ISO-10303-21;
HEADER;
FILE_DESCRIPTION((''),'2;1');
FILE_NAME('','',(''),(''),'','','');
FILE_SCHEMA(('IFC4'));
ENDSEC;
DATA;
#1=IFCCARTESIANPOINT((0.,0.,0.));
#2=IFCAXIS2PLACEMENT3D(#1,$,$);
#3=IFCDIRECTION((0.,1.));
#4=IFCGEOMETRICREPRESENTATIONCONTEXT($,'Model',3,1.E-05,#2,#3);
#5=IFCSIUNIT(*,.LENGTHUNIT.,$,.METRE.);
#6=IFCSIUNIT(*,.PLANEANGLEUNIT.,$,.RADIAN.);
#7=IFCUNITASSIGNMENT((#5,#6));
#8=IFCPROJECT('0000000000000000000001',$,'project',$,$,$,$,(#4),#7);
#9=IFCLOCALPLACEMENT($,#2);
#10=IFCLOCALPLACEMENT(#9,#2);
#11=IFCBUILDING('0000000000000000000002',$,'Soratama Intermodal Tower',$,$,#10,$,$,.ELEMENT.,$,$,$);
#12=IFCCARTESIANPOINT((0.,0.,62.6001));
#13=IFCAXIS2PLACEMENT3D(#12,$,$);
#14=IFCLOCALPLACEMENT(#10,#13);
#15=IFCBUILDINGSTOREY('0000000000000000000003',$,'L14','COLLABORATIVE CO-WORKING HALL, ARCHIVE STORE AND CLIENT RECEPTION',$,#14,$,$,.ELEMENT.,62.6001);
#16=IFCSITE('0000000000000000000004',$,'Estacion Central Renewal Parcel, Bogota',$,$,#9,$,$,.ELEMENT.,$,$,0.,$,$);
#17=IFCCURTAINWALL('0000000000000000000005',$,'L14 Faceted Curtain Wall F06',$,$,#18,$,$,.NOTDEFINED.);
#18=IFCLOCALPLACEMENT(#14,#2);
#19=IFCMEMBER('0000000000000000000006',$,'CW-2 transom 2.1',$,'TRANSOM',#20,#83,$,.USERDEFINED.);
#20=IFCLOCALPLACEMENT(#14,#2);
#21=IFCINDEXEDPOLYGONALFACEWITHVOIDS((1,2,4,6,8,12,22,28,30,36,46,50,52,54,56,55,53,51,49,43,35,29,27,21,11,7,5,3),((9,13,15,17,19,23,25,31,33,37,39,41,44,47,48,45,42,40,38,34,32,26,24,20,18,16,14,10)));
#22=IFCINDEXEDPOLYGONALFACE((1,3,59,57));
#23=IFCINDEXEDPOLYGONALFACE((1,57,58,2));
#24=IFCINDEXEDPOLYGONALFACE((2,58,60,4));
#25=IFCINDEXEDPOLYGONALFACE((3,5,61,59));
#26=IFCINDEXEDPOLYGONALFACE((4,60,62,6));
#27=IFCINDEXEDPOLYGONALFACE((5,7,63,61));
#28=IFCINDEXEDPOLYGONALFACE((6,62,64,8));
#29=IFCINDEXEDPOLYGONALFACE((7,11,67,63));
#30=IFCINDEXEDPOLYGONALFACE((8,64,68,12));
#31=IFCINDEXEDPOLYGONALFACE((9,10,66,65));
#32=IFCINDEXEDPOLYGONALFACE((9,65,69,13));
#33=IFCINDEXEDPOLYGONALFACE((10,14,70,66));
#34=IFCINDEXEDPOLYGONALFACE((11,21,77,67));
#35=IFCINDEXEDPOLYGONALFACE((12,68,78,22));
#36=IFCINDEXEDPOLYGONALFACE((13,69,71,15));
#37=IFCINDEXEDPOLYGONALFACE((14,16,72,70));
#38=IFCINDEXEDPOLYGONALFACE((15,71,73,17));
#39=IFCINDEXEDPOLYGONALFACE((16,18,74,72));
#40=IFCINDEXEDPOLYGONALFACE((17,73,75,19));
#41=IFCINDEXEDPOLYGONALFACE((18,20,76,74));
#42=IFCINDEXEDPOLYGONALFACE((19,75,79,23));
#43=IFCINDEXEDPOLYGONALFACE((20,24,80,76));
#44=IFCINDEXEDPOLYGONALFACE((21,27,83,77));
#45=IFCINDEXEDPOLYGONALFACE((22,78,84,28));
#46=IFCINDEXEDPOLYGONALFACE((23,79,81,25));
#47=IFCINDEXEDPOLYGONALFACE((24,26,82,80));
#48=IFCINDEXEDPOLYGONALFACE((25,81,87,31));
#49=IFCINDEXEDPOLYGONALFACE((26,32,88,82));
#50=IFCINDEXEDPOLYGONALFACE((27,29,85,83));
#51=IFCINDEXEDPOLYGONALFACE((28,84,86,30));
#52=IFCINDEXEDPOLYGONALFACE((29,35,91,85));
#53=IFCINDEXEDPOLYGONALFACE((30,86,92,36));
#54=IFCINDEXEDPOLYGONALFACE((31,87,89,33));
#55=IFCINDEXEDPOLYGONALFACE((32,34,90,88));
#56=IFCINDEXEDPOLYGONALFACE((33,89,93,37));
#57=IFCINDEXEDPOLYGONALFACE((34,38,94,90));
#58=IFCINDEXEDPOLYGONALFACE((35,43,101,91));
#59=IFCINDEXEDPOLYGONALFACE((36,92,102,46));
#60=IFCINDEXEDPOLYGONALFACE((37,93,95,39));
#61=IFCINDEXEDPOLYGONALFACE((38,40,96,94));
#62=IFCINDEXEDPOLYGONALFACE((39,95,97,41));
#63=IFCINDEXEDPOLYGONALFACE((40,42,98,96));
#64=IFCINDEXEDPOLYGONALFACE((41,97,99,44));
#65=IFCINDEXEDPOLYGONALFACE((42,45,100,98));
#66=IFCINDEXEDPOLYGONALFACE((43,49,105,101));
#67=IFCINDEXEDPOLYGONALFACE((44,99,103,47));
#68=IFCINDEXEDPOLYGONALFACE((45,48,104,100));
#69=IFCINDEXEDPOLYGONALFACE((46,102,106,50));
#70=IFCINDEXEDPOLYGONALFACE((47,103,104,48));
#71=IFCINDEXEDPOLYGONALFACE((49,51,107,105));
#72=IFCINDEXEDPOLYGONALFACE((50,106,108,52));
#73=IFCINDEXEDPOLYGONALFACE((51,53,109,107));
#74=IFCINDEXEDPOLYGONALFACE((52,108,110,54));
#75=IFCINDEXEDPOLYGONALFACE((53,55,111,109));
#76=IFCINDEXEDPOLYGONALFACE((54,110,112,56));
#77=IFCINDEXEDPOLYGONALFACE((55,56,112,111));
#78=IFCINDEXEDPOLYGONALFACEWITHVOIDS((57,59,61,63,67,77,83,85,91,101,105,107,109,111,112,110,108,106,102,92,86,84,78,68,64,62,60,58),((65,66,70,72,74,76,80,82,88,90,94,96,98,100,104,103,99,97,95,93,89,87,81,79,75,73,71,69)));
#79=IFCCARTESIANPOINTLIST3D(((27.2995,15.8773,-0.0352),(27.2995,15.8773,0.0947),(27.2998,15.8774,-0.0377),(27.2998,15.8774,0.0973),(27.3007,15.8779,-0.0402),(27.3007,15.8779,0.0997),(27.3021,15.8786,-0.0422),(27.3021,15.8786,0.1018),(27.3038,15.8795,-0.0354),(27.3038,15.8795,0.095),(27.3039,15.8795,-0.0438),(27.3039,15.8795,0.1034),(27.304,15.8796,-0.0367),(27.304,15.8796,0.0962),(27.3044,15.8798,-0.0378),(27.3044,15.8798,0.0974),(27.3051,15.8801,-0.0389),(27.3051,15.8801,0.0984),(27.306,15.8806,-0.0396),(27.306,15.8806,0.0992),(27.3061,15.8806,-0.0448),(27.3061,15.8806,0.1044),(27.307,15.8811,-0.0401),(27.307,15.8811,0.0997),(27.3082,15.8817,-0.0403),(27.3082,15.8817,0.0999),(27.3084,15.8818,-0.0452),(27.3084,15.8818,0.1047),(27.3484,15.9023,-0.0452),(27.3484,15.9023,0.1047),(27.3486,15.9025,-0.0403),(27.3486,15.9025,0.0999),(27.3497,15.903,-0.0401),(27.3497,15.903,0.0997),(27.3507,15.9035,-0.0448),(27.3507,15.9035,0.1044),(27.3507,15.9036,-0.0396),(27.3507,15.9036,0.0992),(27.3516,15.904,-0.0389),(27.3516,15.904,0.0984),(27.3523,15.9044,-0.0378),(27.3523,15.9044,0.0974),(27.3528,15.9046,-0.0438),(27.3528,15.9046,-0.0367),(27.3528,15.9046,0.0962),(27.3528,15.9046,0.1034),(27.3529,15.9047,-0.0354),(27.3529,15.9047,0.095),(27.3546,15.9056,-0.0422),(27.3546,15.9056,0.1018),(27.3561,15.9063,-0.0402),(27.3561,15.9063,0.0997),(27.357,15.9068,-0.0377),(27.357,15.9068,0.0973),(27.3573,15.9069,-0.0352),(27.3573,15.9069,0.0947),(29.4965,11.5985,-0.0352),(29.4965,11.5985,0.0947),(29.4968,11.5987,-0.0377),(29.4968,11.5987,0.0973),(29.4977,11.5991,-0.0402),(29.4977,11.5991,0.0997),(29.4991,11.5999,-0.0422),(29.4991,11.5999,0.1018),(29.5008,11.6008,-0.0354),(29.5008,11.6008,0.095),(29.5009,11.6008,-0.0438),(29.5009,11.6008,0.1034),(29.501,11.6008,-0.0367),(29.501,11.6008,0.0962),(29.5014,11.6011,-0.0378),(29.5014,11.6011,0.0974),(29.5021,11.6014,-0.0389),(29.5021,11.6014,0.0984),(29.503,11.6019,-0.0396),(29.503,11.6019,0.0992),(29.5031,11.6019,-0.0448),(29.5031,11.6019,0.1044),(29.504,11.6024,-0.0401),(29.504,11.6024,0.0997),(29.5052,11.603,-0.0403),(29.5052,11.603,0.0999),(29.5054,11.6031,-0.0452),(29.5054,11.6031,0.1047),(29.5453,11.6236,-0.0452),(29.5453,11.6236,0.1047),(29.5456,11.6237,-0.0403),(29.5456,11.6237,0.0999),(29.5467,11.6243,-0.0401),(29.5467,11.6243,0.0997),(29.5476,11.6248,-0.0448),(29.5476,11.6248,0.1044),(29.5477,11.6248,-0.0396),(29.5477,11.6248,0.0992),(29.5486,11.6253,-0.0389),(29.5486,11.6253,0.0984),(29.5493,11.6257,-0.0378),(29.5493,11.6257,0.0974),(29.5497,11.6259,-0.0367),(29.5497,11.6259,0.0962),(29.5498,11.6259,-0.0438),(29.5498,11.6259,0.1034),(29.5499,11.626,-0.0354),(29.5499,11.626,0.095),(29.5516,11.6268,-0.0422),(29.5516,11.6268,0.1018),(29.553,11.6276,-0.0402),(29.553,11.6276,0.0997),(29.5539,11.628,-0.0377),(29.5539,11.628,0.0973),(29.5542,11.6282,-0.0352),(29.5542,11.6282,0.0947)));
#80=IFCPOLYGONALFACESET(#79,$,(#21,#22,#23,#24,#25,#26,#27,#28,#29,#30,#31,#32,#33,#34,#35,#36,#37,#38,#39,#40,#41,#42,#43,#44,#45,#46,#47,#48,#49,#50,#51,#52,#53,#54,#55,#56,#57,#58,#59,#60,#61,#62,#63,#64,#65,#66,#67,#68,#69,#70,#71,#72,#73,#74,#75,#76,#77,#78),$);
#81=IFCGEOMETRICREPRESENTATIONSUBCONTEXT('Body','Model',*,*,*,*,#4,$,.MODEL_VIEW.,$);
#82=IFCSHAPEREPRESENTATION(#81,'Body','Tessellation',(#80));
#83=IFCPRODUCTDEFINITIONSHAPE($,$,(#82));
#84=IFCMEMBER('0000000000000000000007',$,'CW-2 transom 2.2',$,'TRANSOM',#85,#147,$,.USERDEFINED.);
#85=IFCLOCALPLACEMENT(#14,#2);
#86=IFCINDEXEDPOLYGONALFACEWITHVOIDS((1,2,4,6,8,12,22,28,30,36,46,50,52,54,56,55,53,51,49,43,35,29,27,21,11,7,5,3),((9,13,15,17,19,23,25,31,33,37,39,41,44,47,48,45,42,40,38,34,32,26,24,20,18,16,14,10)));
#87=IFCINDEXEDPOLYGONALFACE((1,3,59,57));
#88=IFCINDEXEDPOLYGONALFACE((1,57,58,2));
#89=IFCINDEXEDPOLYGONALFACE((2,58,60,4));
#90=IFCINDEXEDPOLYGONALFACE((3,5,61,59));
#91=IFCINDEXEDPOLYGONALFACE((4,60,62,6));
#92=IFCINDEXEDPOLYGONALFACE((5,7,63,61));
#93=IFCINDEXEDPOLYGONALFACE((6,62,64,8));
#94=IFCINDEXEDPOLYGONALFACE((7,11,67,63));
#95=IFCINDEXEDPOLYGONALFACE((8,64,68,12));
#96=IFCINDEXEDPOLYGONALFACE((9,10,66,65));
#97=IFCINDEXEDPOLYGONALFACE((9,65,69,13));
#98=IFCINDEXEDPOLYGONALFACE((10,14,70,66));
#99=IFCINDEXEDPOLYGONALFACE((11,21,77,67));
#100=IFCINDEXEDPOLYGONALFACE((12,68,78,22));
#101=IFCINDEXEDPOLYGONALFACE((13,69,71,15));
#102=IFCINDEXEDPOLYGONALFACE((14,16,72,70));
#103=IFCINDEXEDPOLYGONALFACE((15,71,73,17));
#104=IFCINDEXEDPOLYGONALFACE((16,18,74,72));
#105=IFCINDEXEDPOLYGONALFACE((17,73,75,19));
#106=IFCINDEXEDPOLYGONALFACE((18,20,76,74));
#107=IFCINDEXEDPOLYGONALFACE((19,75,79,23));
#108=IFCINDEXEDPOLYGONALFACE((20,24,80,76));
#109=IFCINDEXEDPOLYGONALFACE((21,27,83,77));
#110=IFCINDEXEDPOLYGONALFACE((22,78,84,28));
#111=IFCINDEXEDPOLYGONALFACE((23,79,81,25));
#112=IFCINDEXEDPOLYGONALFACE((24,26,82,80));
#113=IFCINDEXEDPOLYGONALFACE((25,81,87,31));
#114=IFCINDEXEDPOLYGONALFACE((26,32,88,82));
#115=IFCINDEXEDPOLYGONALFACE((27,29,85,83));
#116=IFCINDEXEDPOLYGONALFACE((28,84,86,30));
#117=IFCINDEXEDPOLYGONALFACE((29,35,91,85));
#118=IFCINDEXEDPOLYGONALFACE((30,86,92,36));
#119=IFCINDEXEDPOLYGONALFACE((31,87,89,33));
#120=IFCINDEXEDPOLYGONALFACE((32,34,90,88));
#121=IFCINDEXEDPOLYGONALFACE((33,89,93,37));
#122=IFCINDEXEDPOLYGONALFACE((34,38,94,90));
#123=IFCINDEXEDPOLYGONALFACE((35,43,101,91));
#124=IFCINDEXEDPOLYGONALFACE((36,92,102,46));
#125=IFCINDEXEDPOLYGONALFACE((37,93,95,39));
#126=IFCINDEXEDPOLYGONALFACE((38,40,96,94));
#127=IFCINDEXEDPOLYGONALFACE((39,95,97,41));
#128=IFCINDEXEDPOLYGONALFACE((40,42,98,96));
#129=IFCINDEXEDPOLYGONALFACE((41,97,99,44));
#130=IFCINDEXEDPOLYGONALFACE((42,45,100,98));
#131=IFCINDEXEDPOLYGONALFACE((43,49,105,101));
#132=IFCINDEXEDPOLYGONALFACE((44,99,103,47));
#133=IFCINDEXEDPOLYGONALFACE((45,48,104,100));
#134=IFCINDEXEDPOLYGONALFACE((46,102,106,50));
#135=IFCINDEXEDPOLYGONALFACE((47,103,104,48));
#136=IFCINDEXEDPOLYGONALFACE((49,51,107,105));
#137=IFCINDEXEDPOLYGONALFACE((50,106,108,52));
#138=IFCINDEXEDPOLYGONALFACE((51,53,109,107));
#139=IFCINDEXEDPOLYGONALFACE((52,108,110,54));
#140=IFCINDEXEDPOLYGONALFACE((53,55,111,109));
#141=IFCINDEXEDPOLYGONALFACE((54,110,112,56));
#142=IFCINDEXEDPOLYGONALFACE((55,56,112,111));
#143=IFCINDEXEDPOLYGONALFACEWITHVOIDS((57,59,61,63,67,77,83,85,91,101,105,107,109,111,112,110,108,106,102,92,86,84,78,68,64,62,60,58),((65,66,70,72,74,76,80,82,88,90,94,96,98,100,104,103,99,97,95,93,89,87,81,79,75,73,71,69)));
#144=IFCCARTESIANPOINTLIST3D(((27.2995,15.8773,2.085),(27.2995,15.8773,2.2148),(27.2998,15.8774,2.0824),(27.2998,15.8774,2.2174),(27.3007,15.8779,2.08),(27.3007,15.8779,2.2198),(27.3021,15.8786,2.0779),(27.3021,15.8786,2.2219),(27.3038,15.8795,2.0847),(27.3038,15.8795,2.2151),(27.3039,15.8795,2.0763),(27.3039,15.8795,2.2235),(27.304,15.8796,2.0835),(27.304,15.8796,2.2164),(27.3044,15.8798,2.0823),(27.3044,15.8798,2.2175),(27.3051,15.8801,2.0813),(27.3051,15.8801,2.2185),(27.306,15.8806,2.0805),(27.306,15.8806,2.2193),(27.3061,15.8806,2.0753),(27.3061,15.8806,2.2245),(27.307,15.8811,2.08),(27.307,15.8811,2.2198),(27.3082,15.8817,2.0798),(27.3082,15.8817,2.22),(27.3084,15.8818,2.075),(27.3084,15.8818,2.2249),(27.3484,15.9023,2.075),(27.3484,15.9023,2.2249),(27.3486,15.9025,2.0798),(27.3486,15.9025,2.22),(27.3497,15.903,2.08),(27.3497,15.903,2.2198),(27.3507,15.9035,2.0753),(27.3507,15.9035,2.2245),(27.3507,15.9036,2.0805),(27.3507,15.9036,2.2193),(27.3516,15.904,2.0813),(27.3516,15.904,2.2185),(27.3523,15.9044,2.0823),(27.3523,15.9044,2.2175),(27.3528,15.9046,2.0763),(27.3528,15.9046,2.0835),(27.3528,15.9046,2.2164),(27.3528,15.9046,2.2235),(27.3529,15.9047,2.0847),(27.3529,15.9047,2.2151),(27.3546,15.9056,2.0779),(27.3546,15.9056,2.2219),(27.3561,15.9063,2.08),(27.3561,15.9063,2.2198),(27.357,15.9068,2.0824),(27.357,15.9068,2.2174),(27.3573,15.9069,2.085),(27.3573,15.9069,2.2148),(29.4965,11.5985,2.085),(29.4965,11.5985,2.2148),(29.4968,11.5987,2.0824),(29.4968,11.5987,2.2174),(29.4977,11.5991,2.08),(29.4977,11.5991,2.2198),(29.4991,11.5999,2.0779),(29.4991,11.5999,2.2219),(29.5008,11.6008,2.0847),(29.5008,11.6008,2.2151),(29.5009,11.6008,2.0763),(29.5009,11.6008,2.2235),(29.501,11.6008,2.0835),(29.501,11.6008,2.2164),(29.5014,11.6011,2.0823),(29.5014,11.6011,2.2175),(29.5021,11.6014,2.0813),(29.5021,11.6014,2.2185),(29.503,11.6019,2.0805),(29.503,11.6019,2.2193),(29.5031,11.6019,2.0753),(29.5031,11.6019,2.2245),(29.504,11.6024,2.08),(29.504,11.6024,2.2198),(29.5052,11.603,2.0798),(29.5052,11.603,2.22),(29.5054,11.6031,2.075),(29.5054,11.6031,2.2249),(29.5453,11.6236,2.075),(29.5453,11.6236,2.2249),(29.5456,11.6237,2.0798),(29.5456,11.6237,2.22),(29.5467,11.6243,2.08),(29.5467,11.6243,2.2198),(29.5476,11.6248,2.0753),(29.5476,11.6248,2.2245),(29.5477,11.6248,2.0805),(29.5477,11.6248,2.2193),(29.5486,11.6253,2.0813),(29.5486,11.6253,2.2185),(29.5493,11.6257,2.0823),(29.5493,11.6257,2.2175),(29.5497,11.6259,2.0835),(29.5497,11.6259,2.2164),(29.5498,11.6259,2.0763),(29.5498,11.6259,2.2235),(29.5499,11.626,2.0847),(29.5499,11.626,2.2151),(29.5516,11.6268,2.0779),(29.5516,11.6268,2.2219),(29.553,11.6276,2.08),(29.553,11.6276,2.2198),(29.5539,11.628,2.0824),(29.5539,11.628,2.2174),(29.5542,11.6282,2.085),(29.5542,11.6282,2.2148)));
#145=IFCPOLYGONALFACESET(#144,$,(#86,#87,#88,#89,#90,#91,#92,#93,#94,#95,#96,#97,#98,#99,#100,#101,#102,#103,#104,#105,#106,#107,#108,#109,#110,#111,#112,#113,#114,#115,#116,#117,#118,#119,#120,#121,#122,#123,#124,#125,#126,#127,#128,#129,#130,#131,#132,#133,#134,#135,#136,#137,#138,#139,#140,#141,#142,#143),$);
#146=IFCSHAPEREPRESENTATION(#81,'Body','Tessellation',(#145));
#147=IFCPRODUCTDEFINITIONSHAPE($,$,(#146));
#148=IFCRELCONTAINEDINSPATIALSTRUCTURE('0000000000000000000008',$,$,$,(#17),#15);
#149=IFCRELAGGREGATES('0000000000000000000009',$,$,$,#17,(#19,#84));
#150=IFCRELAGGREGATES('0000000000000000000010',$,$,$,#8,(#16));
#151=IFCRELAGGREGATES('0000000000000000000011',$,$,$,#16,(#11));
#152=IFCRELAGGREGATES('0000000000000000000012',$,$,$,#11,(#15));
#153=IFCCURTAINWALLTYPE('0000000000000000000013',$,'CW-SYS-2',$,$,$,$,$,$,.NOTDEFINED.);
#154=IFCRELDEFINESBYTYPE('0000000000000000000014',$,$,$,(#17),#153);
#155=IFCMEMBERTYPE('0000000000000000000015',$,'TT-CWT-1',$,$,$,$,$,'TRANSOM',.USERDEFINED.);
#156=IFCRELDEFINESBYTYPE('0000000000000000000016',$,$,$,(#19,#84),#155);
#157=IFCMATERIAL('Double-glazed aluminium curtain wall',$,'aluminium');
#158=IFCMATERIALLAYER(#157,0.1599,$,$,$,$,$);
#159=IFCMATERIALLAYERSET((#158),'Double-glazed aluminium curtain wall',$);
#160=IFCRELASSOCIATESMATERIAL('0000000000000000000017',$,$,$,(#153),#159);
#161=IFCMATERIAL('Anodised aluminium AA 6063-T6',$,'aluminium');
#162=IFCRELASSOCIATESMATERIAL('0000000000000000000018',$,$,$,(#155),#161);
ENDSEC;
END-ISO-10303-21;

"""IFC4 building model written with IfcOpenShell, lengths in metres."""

from ifc_helpers import new_model, si_unit, direction, frame, origin, origin_2d, place, context, subcontext, project, spatial, hollow_rectangle, extrude, material, layer, layer_set, material_profile, profile_set, type_object, element, aggregate, save


model = new_model("IFC4")

# Units and contexts
model_context = context("Model", 3, precision=1e-05, world=origin(), true_north=direction((0.0, 1.0)))
body_context = subcontext(model_context, "Body", "Model", "MODEL_VIEW")
ifc_project = project(units=[si_unit("LENGTHUNIT", "METRE"), si_unit("PLANEANGLEUNIT", "RADIAN")], contexts=[model_context])

# Site, building, storey
site_placement = place(None, origin())
site = spatial("IfcSite", under=ifc_project, at=site_placement, Name="Estacion Central Renewal Parcel, Bogota", CompositionType="ELEMENT", RefElevation=0.0)
building_placement = place(site_placement, origin())
building = spatial("IfcBuilding", under=site, at=building_placement, Name="Soratama Intermodal Tower", CompositionType="ELEMENT")
storey_placement = place(building_placement, frame((0.0, 0.0, 62.6001)))
storey = spatial("IfcBuildingStorey", under=building, at=storey_placement, Name="L14", Description="COLLABORATIVE CO-WORKING HALL, ARCHIVE STORE AND CLIENT RECEPTION", CompositionType="ELEMENT", Elevation=62.6001)

# Curtain wall
ifc_material_1 = material(Name="Double-glazed aluminium curtain wall", Category="aluminium")
ifc_layer_1 = layer(ifc_material_1, 0.1599)
ifc_layer_set_1 = layer_set([ifc_layer_1], Name="Double-glazed aluminium curtain wall")
curtain_wall_type = type_object("IfcCurtainWallType", Name="CW-SYS-2", PredefinedType="NOTDEFINED", material=ifc_layer_set_1)
curtain_wall_1_placement = place(storey_placement, origin())
curtain_wall_1 = element("IfcCurtainWall", 1, at=curtain_wall_1_placement, inside=storey, type_object=curtain_wall_type, Name="L14 Faceted Curtain Wall F06", PredefinedType="NOTDEFINED")

# Members
ifc_material_2 = material(Name="Anodised aluminium AA 6063-T6", Category="aluminium")
ifc_material_profile_1 = material_profile(ifc_material_2, hollow_rectangle(XDim=0.0649, YDim=0.1499, WallThickness=0.0049, InnerFilletRadius=0.0049, OuterFilletRadius=0.01, at=origin_2d()), Name="CWT150X65X5")
ifc_profile_set_1 = profile_set([ifc_material_profile_1], Name="Anodised aluminium AA 6063-T6")
member_type_1 = type_object("IfcMemberType", Name="TT-CWT-1", ElementType="TRANSOM", PredefinedType="USERDEFINED", material=ifc_profile_set_1)
member_1_placement = place(storey_placement, frame((27.3284, 15.8921, 0.0298), z_axis=(0.456771, -0.889584, 0.0), x_axis=(0.889584, 0.456771, 0.0)))
member_1 = element("IfcMember", 2, at=member_1_placement, type_object=member_type_1, Name="CW-2 transom 2.1", ObjectType="TRANSOM", PredefinedType="USERDEFINED", context=body_context, shape_type="SweptSolid", body=[
    extrude(hollow_rectangle(XDim=0.0649, YDim=0.1499, WallThickness=0.0049, InnerFilletRadius=0.0049, OuterFilletRadius=0.01, at=origin_2d()), origin(), (0.0, 0.0, 1.0), 4.8098),
])
member_2_placement = place(storey_placement, frame((27.3284, 15.8921, 2.1499), z_axis=(0.456771, -0.889584, 0.0), x_axis=(0.889584, 0.456771, 0.0)))
member_2 = element("IfcMember", 3, at=member_2_placement, type_object=member_type_1, Name="CW-2 transom 2.2", ObjectType="TRANSOM", PredefinedType="USERDEFINED", context=body_context, shape_type="SweptSolid", body=[
    extrude(hollow_rectangle(XDim=0.0649, YDim=0.1499, WallThickness=0.0049, InnerFilletRadius=0.0049, OuterFilletRadius=0.01, at=origin_2d()), origin(), (0.0, 0.0, 1.0), 4.8098),
])

aggregate(curtain_wall_1, [member_1, member_2])

save(model, "model.ifc")
